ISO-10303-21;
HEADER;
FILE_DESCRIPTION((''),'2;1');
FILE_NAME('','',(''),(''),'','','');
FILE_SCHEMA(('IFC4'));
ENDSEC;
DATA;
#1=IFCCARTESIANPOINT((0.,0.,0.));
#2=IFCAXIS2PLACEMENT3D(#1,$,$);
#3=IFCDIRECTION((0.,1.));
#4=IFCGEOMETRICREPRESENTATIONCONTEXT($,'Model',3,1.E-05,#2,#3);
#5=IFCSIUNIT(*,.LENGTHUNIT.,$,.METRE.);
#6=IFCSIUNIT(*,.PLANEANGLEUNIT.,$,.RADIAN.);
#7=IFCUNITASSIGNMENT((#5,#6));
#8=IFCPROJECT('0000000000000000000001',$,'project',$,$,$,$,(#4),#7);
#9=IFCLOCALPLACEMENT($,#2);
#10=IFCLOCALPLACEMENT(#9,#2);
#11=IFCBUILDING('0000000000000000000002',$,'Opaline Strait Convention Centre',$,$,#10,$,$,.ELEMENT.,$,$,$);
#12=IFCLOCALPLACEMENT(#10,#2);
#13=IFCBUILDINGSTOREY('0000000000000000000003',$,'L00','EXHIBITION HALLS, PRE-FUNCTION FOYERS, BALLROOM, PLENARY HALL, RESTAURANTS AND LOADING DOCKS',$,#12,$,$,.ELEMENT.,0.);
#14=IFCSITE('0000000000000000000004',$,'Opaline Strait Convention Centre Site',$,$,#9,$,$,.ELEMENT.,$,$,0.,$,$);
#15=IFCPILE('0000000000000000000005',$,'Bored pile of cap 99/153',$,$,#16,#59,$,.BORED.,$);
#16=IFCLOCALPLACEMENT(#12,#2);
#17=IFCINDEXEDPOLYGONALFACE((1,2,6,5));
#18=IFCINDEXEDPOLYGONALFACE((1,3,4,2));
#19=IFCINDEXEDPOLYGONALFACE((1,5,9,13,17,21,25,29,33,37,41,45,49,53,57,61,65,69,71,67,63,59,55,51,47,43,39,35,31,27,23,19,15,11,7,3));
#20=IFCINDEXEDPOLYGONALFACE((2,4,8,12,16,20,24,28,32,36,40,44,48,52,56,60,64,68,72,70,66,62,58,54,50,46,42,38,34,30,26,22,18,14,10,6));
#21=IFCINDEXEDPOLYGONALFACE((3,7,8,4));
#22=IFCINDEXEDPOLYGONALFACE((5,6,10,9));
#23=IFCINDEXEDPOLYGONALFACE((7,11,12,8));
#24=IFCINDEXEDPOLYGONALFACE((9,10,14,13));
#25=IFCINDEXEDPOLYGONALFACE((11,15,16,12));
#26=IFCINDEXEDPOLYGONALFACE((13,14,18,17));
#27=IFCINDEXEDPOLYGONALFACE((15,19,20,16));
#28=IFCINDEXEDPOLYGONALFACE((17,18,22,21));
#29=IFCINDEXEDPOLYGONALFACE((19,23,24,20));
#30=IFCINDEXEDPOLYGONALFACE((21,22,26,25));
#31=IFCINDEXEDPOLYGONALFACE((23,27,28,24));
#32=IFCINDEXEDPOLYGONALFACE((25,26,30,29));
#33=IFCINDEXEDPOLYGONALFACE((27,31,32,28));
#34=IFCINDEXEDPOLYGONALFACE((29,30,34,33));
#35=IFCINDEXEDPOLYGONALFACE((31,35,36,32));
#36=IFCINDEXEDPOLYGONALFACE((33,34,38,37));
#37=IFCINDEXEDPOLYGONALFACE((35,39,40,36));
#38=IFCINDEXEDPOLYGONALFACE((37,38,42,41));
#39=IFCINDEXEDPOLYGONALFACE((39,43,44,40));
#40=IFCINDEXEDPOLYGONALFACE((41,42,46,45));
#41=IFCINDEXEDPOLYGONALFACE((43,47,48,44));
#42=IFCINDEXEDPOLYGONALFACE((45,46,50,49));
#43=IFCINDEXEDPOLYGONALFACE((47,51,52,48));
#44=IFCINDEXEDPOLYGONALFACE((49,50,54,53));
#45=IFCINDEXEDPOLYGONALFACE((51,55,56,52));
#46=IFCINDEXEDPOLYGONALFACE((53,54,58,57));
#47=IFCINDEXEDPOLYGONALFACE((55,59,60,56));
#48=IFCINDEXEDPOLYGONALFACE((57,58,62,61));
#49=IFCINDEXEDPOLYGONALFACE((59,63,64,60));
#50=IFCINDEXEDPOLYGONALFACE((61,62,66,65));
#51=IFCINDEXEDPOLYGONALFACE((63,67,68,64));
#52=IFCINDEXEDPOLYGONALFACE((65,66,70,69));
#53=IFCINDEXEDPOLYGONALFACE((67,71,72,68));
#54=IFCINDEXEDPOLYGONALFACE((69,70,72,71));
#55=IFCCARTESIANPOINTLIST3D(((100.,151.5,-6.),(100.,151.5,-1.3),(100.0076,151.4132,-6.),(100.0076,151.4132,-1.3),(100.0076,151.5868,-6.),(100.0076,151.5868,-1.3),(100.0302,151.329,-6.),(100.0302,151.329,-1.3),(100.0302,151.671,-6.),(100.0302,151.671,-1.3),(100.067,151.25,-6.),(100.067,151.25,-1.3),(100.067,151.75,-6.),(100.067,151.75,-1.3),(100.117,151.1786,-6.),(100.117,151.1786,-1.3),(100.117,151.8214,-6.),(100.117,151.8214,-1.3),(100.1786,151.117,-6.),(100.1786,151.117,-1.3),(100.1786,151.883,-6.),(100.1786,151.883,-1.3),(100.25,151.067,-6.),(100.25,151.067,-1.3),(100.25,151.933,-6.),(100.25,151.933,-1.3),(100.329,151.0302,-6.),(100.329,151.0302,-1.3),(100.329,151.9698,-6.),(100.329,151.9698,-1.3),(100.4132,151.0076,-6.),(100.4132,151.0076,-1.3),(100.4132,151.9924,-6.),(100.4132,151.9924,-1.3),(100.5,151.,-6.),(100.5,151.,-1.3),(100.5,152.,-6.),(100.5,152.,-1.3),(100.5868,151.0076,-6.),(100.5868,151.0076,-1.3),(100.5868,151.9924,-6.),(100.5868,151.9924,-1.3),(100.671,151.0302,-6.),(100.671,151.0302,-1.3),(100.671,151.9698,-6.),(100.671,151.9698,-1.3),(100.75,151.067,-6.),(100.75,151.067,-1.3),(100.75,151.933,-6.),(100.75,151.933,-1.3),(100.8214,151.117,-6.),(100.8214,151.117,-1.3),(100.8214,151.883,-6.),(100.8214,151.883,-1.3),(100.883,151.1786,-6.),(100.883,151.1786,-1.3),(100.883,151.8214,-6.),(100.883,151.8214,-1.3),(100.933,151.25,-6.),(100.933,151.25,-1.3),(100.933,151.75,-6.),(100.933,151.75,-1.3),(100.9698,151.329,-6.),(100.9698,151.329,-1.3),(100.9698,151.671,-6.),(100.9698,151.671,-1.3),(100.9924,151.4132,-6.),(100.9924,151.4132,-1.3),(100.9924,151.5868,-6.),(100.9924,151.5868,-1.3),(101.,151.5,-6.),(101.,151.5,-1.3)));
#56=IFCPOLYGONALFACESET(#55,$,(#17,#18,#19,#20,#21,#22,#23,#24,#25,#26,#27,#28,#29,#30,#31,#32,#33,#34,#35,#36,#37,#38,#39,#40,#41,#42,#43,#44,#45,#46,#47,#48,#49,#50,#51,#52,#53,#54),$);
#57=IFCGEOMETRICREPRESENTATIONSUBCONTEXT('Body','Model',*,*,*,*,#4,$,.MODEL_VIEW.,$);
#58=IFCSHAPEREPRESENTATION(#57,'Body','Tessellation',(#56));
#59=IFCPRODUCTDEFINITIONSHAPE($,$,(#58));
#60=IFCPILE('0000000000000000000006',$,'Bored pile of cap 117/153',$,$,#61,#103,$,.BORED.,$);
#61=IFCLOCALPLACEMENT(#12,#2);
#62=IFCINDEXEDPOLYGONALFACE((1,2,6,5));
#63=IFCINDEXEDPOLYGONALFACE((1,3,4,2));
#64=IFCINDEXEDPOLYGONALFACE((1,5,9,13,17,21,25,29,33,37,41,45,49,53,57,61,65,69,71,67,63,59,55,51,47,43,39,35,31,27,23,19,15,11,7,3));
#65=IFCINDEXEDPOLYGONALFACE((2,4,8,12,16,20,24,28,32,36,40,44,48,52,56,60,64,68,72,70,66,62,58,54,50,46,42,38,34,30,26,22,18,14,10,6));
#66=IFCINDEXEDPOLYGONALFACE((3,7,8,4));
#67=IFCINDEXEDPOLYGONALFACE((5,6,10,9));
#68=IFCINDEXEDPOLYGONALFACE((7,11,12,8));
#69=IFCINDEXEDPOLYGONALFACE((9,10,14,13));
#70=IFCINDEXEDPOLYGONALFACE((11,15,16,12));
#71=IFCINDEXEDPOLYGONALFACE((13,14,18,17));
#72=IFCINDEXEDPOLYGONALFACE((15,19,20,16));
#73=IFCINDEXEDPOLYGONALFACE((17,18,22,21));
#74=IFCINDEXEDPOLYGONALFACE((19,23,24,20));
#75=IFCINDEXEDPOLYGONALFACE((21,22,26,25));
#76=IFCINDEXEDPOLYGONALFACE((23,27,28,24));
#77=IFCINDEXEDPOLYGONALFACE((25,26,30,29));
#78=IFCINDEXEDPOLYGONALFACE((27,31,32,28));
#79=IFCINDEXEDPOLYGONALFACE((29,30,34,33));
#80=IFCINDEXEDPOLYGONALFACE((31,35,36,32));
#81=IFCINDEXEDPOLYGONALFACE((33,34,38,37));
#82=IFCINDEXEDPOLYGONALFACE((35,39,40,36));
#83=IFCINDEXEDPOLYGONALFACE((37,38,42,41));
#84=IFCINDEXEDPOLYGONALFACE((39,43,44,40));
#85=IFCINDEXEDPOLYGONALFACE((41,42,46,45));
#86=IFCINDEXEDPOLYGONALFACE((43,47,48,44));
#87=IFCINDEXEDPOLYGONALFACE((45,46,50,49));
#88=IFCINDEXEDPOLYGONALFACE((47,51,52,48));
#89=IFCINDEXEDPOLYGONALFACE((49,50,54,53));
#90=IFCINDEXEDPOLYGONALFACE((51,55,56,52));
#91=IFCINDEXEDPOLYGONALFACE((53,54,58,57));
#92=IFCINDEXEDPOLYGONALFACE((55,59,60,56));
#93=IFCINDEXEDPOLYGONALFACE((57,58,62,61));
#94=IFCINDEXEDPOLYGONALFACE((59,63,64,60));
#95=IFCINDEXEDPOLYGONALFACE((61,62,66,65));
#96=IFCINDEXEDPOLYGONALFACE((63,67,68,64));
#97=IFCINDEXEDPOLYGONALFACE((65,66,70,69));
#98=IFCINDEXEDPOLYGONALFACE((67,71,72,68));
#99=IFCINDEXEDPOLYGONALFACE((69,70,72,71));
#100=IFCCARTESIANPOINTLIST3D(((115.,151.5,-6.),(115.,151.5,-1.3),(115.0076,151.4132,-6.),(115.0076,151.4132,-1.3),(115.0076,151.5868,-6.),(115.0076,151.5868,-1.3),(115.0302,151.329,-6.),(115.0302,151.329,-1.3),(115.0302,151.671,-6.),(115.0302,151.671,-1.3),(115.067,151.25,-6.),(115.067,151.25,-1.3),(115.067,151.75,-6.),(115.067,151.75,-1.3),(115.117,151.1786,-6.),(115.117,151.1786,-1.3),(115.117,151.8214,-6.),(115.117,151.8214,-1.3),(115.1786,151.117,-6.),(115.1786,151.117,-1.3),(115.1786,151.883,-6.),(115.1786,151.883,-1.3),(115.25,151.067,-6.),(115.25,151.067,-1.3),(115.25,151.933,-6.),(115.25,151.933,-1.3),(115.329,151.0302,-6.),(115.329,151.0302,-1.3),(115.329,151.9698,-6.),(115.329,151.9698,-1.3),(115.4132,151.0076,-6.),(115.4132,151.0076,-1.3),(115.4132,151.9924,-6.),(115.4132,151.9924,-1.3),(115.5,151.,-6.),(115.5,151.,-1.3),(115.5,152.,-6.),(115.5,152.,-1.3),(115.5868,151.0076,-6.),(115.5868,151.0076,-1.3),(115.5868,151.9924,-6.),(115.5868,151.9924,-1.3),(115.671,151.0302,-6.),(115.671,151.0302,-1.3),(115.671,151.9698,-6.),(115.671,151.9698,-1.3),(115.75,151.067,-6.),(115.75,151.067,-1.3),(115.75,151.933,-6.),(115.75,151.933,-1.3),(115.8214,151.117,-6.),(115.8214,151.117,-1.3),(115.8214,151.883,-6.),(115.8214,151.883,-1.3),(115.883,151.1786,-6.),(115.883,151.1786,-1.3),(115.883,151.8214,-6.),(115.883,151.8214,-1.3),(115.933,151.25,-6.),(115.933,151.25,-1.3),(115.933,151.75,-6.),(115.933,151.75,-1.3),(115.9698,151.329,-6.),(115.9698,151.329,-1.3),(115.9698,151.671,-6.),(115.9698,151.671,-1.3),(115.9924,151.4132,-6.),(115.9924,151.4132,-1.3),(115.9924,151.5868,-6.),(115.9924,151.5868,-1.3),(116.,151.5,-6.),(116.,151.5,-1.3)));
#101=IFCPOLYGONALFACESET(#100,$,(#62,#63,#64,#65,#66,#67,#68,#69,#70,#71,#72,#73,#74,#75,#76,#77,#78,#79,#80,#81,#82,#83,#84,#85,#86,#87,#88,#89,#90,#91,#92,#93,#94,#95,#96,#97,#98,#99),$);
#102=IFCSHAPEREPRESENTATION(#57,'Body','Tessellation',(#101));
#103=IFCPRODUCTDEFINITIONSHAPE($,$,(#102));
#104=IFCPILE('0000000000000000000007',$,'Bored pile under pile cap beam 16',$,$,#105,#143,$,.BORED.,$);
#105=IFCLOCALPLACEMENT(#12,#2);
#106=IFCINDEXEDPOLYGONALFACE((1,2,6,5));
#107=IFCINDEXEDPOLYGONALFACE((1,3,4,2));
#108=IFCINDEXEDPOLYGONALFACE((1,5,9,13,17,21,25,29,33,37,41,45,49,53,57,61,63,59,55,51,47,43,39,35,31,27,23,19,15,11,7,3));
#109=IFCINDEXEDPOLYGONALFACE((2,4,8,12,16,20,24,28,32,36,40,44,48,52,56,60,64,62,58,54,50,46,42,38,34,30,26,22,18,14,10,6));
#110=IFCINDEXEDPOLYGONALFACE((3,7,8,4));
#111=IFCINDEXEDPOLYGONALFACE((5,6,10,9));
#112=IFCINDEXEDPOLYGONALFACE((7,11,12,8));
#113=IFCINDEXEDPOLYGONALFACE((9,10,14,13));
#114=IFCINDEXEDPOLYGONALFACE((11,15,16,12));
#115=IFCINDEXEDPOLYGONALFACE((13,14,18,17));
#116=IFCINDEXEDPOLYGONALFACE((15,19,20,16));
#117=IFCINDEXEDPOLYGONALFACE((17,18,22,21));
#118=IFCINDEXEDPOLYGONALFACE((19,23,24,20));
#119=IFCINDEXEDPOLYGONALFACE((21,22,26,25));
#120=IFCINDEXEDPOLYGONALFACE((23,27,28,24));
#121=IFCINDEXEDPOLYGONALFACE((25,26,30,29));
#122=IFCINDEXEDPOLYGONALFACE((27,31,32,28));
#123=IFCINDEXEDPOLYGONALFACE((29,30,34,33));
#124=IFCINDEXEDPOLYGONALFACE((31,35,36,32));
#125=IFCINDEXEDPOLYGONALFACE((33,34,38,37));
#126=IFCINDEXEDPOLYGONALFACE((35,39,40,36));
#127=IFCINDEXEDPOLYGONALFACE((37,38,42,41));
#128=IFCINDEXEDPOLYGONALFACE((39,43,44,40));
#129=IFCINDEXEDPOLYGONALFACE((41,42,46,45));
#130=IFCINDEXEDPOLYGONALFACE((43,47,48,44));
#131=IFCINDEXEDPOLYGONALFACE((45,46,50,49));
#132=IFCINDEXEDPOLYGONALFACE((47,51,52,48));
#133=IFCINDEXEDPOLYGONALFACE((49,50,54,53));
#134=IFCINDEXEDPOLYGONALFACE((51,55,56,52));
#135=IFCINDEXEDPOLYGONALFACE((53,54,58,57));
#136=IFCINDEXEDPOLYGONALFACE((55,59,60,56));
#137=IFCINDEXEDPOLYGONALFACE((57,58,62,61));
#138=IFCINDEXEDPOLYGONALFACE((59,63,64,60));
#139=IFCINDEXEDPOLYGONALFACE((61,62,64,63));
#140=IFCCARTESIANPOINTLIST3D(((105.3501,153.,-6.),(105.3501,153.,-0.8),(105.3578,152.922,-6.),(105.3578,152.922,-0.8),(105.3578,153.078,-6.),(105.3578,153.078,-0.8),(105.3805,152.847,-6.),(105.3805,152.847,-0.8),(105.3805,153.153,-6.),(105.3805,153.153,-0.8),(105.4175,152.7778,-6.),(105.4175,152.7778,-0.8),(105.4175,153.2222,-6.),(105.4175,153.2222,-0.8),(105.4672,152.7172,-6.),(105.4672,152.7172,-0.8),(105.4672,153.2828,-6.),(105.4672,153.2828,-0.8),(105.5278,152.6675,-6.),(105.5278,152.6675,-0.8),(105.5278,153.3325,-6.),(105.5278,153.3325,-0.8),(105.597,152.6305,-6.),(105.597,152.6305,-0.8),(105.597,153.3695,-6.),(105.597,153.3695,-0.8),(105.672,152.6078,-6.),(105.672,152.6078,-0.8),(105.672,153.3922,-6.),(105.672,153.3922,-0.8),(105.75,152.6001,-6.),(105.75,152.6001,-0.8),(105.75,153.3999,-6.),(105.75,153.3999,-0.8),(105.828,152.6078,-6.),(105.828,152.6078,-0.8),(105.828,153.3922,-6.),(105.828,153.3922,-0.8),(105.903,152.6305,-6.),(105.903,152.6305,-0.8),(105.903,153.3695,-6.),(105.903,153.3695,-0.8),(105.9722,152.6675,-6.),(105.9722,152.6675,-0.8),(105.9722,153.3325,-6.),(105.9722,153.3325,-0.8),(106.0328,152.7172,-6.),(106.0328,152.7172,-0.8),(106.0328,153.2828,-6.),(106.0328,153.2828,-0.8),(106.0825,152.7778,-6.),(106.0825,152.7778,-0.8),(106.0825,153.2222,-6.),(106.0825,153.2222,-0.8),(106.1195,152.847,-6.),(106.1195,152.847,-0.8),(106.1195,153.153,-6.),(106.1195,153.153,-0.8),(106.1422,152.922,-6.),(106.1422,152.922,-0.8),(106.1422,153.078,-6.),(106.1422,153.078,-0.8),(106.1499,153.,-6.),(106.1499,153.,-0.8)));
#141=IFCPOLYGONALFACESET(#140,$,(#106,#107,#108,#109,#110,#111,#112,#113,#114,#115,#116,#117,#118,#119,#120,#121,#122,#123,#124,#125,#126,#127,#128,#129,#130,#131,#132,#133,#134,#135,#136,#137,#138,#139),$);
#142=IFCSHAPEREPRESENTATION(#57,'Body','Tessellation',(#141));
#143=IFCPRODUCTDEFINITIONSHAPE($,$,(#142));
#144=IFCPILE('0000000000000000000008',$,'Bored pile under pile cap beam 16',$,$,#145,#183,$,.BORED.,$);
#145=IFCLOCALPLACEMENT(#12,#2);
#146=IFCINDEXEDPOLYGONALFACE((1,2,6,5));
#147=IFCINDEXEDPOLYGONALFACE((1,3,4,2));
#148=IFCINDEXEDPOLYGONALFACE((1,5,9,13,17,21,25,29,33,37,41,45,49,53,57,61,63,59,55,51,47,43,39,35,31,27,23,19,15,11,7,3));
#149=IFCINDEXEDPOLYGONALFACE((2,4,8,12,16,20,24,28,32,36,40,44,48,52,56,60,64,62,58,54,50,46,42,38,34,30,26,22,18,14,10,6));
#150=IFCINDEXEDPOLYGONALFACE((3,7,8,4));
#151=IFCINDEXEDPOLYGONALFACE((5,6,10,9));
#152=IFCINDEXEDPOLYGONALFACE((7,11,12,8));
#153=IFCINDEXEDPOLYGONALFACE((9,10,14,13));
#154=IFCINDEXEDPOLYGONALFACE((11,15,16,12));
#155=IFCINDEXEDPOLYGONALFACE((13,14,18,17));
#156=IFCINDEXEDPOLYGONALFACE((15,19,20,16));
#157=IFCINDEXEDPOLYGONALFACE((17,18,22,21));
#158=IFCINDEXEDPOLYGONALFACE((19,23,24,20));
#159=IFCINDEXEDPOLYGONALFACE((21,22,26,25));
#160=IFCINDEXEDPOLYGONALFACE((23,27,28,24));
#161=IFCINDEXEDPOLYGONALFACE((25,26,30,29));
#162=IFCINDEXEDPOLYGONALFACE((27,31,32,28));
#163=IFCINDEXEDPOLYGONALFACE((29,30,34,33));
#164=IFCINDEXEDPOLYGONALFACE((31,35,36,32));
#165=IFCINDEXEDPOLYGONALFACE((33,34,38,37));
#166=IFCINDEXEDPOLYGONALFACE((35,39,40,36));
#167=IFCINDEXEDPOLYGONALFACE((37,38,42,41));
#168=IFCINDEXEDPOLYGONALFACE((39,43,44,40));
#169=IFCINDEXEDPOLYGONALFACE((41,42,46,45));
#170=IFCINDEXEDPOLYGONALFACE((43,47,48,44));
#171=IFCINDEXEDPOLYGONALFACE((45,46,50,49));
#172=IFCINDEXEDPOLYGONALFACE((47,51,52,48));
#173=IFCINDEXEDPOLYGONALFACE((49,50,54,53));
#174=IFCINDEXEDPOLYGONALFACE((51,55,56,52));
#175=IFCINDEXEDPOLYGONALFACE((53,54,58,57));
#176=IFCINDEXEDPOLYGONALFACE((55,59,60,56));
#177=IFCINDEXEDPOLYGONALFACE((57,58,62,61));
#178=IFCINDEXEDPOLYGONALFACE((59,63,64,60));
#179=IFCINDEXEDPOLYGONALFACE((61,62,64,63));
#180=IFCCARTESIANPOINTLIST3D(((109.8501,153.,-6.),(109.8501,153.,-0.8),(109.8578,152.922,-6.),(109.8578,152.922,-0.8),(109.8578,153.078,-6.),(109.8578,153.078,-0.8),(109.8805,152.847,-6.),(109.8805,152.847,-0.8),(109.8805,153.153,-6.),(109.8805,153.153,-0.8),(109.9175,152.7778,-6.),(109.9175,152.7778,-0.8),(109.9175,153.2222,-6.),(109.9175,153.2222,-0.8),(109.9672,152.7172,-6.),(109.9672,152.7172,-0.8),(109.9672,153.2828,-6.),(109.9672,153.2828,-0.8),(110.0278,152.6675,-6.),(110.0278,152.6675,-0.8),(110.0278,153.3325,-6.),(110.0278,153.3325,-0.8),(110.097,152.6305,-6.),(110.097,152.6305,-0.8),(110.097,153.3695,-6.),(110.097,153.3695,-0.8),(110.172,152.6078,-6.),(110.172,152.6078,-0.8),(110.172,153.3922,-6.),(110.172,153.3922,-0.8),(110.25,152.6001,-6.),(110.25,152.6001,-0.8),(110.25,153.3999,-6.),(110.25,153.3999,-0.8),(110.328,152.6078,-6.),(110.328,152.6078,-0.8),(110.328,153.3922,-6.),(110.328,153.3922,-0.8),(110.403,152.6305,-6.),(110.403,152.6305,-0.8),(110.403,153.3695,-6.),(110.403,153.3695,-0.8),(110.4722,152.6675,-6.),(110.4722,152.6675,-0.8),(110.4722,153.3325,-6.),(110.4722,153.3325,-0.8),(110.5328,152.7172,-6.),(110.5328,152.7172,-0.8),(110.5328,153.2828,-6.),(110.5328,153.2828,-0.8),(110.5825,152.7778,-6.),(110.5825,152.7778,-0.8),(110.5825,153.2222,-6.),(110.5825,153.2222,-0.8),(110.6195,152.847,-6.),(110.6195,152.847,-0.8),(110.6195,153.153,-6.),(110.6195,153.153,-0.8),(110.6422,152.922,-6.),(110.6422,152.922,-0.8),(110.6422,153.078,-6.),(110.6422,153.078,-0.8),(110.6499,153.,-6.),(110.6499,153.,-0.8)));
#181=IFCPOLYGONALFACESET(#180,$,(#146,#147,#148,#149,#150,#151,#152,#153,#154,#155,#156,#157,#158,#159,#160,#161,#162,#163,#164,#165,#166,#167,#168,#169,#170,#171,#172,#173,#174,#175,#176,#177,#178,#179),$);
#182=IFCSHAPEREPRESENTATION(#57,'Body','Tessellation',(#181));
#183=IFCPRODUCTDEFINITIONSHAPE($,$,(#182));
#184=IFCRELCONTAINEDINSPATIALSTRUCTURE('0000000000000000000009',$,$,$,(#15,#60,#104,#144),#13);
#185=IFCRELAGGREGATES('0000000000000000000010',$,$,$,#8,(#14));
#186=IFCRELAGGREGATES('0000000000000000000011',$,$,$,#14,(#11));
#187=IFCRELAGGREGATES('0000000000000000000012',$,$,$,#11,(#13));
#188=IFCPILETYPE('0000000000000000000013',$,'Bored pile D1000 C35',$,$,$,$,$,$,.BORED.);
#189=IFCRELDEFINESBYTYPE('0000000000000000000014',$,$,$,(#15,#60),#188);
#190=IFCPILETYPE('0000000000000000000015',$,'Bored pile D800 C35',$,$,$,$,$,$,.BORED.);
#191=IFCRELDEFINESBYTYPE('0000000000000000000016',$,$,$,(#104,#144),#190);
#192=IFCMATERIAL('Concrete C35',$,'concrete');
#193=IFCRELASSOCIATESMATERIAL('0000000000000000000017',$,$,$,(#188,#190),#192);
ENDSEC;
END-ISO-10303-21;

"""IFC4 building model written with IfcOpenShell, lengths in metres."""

from ifc_helpers import new_model, si_unit, direction, frame, origin, origin_2d, place, context, subcontext, project, spatial, circle, extrude, material, material_profile, profile_set, type_object, element, save


model = new_model("IFC4")

# Units and contexts
model_context = context("Model", 3, precision=1e-05, world=origin(), true_north=direction((0.0, 1.0)))
body_context = subcontext(model_context, "Body", "Model", "MODEL_VIEW")
ifc_project = project(units=[si_unit("LENGTHUNIT", "METRE"), si_unit("PLANEANGLEUNIT", "RADIAN")], contexts=[model_context])

# Site, building, storey
site_placement = place(None, origin())
site = spatial("IfcSite", under=ifc_project, at=site_placement, Name="Opaline Strait Convention Centre Site", CompositionType="ELEMENT", RefElevation=0.0)
building_placement = place(site_placement, origin())
building = spatial("IfcBuilding", under=site, at=building_placement, Name="Opaline Strait Convention Centre", CompositionType="ELEMENT")
storey_placement = place(building_placement, origin())
storey = spatial("IfcBuildingStorey", under=building, at=storey_placement, Name="L00", Description="EXHIBITION HALLS, PRE-FUNCTION FOYERS, BALLROOM, PLENARY HALL, RESTAURANTS AND LOADING DOCKS", CompositionType="ELEMENT", Elevation=0.0)

# Piles
ifc_material_1 = material(Name="Concrete C35", Category="concrete")
ifc_material_profile_1 = material_profile(ifc_material_1, circle(Radius=0.5, at=origin_2d()), Name="D1000")
ifc_profile_set_1 = profile_set([ifc_material_profile_1], Name="Concrete C35")
pile_type_1 = type_object("IfcPileType", Name="Bored pile D1000 C35", PredefinedType="BORED", material=ifc_profile_set_1)
for number, where, z_axis, x_axis, name in (
    (1, (100.5, 151.5, -1.3), (0.0, 0.0, -1.0), (1.0, 0.0, 0.0), "Bored pile of cap 99/153"),
    (2, (115.5, 151.5, -1.3), (0.0, 0.0, -1.0), (1.0, 0.0, 0.0), "Bored pile of cap 117/153"),
):
    element("IfcPile", number, at=place(storey_placement, frame(where, z_axis=z_axis, x_axis=x_axis)), inside=storey, type_object=pile_type_1, Name=name, PredefinedType="BORED", context=body_context, shape_type="SweptSolid", body=[
        extrude(circle(Radius=0.5, at=origin_2d()), origin(), (0.0, 0.0, 1.0), 4.7),
    ])
ifc_material_profile_2 = material_profile(ifc_material_1, circle(Radius=0.3999, at=origin_2d()), Name="D800")
ifc_profile_set_2 = profile_set([ifc_material_profile_2], Name="Concrete C35")
pile_type_2 = type_object("IfcPileType", Name="Bored pile D800 C35", PredefinedType="BORED", material=ifc_profile_set_2)
for number, where, z_axis, x_axis, name in (
    (3, (105.75, 153.0, -0.8), (0.0, 0.0, -1.0), (1.0, 0.0, 0.0), "Bored pile under pile cap beam 16"),
    (4, (110.25, 153.0, -0.8), (0.0, 0.0, -1.0), (1.0, 0.0, 0.0), "Bored pile under pile cap beam 16"),
):
    element("IfcPile", number, at=place(storey_placement, frame(where, z_axis=z_axis, x_axis=x_axis)), inside=storey, type_object=pile_type_2, Name=name, PredefinedType="BORED", context=body_context, shape_type="SweptSolid", body=[
        extrude(circle(Radius=0.3999, at=origin_2d()), origin(), (0.0, 0.0, 1.0), 5.2),
    ])

save(model, "model.ifc")
